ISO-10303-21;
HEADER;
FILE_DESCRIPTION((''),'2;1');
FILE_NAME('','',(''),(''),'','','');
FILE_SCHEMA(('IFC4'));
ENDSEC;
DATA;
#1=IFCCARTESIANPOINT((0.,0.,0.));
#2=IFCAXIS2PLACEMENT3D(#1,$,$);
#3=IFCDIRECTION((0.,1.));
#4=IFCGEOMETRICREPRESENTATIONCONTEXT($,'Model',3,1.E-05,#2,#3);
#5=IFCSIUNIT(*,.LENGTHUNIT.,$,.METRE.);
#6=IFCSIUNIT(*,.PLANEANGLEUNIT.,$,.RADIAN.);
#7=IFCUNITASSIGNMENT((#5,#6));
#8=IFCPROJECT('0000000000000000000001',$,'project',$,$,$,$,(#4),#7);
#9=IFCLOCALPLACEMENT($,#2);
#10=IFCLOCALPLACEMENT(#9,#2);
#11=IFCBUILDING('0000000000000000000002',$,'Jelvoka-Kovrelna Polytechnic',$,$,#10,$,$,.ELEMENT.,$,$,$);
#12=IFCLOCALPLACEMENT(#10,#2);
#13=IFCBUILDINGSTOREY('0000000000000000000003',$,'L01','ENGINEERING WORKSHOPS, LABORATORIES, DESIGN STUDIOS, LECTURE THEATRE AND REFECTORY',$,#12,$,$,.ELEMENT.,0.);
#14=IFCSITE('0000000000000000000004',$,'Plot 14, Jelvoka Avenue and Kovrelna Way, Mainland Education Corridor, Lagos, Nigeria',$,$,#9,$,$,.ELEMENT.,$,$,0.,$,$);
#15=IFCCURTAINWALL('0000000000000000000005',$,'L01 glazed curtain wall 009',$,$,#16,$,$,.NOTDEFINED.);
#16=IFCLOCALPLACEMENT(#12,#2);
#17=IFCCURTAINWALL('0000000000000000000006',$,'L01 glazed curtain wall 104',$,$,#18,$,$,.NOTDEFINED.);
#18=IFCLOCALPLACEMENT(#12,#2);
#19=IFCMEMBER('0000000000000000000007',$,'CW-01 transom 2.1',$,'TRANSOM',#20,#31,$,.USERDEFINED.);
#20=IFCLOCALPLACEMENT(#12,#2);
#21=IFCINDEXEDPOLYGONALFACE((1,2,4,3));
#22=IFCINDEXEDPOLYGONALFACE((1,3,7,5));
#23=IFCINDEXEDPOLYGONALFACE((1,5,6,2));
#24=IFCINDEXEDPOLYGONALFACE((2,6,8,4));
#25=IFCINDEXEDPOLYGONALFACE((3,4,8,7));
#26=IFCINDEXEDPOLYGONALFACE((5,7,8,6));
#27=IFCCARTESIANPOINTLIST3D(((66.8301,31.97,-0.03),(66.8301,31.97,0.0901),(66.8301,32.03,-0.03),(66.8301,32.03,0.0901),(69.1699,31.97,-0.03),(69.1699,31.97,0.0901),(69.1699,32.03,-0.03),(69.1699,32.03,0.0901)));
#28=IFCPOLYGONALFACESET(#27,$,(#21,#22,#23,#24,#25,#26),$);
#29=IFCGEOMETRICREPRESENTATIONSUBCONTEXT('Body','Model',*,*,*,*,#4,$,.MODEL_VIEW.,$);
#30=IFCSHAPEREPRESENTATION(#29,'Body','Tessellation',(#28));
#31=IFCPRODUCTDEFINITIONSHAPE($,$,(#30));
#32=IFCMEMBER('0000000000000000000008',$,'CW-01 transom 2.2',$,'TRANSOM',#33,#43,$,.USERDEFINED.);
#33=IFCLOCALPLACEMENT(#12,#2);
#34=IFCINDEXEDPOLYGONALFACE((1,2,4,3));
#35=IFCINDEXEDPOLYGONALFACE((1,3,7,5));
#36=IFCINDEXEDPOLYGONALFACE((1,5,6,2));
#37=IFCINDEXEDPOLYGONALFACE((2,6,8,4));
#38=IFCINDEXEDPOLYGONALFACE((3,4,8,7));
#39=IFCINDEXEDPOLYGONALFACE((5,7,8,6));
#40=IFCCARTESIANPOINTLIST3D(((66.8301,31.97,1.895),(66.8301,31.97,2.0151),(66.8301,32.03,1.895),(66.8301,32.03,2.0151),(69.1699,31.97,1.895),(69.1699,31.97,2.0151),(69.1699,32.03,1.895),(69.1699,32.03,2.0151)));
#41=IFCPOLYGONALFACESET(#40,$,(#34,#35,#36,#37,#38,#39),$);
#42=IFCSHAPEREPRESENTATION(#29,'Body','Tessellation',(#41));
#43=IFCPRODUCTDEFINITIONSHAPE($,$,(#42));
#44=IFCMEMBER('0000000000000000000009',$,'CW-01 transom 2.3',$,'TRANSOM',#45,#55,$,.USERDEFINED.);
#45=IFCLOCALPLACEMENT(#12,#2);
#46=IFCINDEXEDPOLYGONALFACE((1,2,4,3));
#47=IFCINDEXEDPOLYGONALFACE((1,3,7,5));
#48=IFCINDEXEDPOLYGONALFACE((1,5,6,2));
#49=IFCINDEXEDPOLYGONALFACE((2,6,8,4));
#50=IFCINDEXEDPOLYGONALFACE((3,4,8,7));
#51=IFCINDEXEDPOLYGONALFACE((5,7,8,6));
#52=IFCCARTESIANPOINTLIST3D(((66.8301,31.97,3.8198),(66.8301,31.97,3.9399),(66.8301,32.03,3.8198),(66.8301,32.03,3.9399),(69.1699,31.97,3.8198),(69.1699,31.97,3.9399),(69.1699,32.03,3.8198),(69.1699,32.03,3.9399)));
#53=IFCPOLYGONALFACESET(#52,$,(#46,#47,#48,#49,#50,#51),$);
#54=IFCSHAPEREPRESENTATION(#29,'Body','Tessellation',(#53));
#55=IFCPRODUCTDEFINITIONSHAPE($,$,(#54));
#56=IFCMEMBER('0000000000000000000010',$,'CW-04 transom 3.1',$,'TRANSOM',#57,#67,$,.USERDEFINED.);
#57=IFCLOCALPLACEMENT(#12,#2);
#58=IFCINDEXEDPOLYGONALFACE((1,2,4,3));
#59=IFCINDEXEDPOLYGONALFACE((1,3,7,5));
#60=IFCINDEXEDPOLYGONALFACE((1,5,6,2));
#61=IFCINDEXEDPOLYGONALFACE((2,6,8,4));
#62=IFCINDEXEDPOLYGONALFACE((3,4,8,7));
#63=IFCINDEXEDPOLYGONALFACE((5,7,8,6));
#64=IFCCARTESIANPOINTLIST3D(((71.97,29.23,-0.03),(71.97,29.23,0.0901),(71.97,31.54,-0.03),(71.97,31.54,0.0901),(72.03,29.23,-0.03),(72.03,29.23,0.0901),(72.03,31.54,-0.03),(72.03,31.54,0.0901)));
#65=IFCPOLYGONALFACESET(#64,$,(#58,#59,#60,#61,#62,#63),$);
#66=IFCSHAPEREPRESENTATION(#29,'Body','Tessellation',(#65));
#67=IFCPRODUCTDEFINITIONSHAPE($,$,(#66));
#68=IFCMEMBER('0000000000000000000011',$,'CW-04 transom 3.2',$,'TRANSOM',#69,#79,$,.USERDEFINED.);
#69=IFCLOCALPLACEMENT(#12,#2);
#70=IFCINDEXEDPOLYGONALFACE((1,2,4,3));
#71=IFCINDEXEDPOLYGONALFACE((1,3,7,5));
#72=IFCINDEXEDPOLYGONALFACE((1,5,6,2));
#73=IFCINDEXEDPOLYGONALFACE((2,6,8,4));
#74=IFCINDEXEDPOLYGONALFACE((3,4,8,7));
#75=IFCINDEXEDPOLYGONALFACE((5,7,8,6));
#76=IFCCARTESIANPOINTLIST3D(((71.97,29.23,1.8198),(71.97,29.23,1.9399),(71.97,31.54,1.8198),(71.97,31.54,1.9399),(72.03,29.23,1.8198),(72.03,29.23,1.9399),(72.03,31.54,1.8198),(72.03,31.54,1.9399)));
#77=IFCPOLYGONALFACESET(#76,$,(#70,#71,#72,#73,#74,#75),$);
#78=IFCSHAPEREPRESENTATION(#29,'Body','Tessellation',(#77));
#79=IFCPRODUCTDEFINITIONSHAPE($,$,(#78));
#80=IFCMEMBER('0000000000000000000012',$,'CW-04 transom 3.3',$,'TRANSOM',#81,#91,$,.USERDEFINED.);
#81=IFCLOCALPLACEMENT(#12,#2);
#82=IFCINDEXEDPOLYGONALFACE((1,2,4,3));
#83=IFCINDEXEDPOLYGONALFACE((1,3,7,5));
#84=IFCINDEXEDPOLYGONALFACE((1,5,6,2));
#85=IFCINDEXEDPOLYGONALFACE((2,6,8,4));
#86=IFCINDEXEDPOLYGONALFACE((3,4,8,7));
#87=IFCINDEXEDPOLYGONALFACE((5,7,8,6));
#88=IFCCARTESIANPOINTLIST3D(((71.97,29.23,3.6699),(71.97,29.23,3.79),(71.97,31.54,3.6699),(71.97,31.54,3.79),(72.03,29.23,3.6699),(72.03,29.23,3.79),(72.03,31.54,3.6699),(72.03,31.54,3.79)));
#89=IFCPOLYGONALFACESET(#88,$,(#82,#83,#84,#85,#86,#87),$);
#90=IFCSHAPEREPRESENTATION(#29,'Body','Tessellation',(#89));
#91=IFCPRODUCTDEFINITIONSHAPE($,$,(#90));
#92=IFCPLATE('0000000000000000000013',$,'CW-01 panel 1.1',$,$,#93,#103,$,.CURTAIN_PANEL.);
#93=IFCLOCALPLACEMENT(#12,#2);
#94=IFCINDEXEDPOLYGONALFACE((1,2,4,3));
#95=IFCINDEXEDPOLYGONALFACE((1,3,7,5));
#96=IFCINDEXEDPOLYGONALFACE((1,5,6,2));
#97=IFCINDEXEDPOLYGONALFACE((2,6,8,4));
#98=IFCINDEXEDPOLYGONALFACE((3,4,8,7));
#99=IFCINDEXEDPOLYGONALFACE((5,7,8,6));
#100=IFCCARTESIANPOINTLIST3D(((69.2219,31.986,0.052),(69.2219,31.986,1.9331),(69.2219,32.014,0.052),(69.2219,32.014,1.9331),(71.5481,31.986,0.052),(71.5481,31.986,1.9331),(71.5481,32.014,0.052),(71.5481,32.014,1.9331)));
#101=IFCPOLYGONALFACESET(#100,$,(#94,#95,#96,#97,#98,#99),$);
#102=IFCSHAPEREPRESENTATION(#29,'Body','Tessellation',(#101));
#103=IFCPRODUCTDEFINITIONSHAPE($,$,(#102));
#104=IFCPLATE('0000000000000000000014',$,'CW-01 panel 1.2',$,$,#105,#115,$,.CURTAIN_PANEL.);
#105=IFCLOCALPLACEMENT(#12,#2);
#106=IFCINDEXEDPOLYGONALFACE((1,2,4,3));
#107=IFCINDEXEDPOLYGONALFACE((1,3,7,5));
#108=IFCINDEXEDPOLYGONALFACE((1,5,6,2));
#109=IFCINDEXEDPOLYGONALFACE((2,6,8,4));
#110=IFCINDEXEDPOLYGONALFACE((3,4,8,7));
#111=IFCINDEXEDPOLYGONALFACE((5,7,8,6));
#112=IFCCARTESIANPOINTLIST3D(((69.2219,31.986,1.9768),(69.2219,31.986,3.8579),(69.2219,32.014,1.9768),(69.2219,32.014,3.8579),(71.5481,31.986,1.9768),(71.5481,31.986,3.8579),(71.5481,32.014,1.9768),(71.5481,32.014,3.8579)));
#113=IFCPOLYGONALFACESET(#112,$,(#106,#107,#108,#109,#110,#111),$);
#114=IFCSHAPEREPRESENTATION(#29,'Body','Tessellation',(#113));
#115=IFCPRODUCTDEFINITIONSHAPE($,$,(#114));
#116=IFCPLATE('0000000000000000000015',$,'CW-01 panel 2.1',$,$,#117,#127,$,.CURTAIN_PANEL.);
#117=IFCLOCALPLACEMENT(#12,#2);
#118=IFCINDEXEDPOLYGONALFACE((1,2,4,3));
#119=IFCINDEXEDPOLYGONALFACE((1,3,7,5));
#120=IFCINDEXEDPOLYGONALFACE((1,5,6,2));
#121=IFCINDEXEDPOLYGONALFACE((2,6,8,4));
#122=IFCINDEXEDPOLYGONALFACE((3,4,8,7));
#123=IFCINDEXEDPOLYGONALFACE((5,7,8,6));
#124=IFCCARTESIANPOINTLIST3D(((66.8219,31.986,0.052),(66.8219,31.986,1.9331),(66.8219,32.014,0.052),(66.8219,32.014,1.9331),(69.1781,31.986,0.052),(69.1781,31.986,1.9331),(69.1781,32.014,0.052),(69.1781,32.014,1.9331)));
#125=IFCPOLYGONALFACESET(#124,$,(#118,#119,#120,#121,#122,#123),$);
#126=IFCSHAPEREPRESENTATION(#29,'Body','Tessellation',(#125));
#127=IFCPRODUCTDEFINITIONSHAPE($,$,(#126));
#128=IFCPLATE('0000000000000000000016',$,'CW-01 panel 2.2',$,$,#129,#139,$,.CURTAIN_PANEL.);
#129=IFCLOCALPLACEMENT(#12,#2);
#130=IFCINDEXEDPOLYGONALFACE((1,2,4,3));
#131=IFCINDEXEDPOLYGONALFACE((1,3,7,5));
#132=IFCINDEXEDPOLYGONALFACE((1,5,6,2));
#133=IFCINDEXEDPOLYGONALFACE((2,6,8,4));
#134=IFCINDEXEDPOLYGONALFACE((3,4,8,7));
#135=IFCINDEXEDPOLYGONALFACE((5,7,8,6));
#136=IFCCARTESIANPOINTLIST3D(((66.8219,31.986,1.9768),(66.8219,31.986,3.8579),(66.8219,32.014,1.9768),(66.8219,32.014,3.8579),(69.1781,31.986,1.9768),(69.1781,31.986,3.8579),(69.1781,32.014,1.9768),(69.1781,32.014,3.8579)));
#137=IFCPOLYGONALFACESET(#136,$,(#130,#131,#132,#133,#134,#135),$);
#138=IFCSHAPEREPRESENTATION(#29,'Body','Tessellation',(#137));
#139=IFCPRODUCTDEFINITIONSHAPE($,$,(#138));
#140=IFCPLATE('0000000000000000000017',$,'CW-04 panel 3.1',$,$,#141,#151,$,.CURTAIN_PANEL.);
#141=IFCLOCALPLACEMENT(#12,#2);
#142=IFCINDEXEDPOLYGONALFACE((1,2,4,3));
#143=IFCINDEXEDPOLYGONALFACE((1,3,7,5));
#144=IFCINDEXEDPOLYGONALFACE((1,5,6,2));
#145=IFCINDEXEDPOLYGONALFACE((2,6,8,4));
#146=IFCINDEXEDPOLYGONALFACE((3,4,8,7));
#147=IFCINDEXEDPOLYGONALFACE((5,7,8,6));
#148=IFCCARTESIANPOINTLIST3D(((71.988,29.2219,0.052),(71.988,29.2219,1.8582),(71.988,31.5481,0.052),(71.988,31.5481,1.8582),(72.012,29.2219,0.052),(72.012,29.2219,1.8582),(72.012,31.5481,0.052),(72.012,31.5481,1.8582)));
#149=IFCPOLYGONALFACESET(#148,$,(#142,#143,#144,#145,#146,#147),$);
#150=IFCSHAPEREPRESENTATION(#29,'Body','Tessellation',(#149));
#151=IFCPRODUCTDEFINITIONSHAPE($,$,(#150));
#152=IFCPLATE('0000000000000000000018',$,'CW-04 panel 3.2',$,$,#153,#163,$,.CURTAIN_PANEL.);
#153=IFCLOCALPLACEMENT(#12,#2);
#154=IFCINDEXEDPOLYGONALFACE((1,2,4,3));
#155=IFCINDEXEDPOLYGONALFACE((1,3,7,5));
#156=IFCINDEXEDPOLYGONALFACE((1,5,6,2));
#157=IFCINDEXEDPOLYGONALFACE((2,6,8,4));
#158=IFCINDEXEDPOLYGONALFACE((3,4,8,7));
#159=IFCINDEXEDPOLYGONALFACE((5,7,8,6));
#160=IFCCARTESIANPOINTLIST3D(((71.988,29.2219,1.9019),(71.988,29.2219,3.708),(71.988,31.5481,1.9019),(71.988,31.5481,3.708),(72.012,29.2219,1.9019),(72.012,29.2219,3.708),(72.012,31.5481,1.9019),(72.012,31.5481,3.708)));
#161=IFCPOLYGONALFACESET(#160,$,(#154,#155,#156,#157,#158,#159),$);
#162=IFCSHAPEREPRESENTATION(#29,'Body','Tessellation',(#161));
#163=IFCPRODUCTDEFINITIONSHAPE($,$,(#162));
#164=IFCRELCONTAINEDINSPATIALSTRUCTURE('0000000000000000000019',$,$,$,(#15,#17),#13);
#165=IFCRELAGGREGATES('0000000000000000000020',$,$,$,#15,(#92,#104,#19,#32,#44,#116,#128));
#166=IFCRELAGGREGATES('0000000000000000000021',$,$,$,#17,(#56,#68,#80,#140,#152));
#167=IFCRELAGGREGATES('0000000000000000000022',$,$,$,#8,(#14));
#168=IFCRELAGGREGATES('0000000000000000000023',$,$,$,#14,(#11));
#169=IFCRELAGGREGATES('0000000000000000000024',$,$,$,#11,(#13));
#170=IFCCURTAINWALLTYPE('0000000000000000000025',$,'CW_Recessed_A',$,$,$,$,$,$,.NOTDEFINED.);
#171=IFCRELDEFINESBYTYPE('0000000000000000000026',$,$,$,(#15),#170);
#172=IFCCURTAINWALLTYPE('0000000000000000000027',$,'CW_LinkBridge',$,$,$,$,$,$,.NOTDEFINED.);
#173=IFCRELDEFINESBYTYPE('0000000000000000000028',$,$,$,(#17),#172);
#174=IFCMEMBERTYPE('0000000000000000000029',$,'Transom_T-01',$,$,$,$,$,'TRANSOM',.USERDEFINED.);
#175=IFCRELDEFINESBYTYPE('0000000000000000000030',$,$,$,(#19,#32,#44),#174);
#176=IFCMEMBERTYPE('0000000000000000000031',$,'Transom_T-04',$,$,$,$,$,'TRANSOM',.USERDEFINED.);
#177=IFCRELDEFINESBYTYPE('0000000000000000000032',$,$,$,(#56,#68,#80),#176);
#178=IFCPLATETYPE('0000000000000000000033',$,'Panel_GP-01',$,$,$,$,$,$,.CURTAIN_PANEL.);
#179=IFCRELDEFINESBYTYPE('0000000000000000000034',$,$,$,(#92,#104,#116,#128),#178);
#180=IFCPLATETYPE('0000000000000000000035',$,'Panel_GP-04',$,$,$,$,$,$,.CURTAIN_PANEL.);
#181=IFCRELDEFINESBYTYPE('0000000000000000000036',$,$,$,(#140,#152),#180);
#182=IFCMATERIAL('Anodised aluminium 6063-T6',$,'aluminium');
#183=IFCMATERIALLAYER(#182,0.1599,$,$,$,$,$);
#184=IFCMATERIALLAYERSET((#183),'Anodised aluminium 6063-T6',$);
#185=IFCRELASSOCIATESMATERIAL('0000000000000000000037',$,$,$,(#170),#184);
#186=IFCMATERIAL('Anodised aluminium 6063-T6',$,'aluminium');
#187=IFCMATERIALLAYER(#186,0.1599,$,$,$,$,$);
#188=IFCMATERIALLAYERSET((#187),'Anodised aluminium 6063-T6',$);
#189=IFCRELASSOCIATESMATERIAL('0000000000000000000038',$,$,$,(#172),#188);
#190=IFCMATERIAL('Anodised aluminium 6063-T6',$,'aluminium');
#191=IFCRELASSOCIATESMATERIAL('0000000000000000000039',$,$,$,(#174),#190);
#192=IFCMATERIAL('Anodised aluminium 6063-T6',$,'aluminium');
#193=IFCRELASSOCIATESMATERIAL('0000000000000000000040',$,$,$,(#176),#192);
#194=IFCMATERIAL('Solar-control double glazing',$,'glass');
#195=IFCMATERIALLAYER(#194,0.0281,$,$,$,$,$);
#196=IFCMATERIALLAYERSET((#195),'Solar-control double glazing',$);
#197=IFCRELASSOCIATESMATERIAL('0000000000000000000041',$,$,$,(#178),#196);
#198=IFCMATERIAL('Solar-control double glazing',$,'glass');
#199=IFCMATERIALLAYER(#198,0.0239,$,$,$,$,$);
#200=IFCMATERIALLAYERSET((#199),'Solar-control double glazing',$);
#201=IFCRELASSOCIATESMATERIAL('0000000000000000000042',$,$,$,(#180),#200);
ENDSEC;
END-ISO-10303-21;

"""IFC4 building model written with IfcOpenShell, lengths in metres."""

from ifc_helpers import new_model, si_unit, direction, frame, origin, origin_2d, place, context, subcontext, project, spatial, rectangle, extrude, material, layer, layer_set, material_profile, profile_set, type_object, element, aggregate, save


model = new_model("IFC4")

# Units and contexts
model_context = context("Model", 3, precision=1e-05, world=origin(), true_north=direction((0.0, 1.0)))
body_context = subcontext(model_context, "Body", "Model", "MODEL_VIEW")
ifc_project = project(units=[si_unit("LENGTHUNIT", "METRE"), si_unit("PLANEANGLEUNIT", "RADIAN")], contexts=[model_context])

# Site, building, storey
site_placement = place(None, origin())
site = spatial("IfcSite", under=ifc_project, at=site_placement, Name="Plot 14, Jelvoka Avenue and Kovrelna Way, Mainland Education Corridor, Lagos, Nigeria", CompositionType="ELEMENT", RefElevation=0.0)
building_placement = place(site_placement, origin())
building = spatial("IfcBuilding", under=site, at=building_placement, Name="Jelvoka-Kovrelna Polytechnic", CompositionType="ELEMENT")
storey_placement = place(building_placement, origin())
storey = spatial("IfcBuildingStorey", under=building, at=storey_placement, Name="L01", Description="ENGINEERING WORKSHOPS, LABORATORIES, DESIGN STUDIOS, LECTURE THEATRE AND REFECTORY", CompositionType="ELEMENT", Elevation=0.0)

# Curtain walls
ifc_material_1 = material(Name="Anodised aluminium 6063-T6", Category="aluminium")
ifc_layer_1 = layer(ifc_material_1, 0.1599)
ifc_layer_set_1 = layer_set([ifc_layer_1], Name="Anodised aluminium 6063-T6")
curtain_wall_type_1 = type_object("IfcCurtainWallType", Name="CW_Recessed_A", PredefinedType="NOTDEFINED", material=ifc_layer_set_1)
curtain_wall_1_placement = place(storey_placement, origin())
curtain_wall_1 = element("IfcCurtainWall", 1, at=curtain_wall_1_placement, inside=storey, type_object=curtain_wall_type_1, Name="L01 glazed curtain wall 009", PredefinedType="NOTDEFINED")
ifc_material_2 = material(Name="Anodised aluminium 6063-T6", Category="aluminium")
ifc_layer_2 = layer(ifc_material_2, 0.1599)
ifc_layer_set_2 = layer_set([ifc_layer_2], Name="Anodised aluminium 6063-T6")
curtain_wall_type_2 = type_object("IfcCurtainWallType", Name="CW_LinkBridge", PredefinedType="NOTDEFINED", material=ifc_layer_set_2)
curtain_wall_2_placement = place(storey_placement, origin())
curtain_wall_2 = element("IfcCurtainWall", 2, at=curtain_wall_2_placement, inside=storey, type_object=curtain_wall_type_2, Name="L01 glazed curtain wall 104", PredefinedType="NOTDEFINED")

# Members
ifc_material_3 = material(Name="Anodised aluminium 6063-T6", Category="aluminium")
ifc_material_profile_1 = material_profile(ifc_material_3, rectangle(XDim=0.0601, YDim=0.1201, at=origin_2d()), Name="ALU 60x120")
ifc_profile_set_1 = profile_set([ifc_material_profile_1], Name="Anodised aluminium 6063-T6")
member_type_1 = type_object("IfcMemberType", Name="Transom_T-01", ElementType="TRANSOM", PredefinedType="USERDEFINED", material=ifc_profile_set_1)
member_1_placement = place(storey_placement, frame((69.1699, 32.0, 0.03), z_axis=(-1.0, 0.0, 0.0), x_axis=(0.0, -1.0, 0.0)))
member_1 = element("IfcMember", 3, at=member_1_placement, type_object=member_type_1, Name="CW-01 transom 2.1", ObjectType="TRANSOM", PredefinedType="USERDEFINED", context=body_context, shape_type="SweptSolid", body=[
    extrude(rectangle(XDim=0.0601, YDim=0.1201, at=origin_2d()), origin(), (0.0, 0.0, 1.0), 2.3398),
])
member_2_placement = place(storey_placement, frame((69.1699, 32.0, 1.9551), z_axis=(-1.0, 0.0, 0.0), x_axis=(0.0, -1.0, 0.0)))
member_2 = element("IfcMember", 4, at=member_2_placement, type_object=member_type_1, Name="CW-01 transom 2.2", ObjectType="TRANSOM", PredefinedType="USERDEFINED", context=body_context, shape_type="SweptSolid", body=[
    extrude(rectangle(XDim=0.0601, YDim=0.1201, at=origin_2d()), origin(), (0.0, 0.0, 1.0), 2.3398),
])
member_3_placement = place(storey_placement, frame((69.1699, 32.0, 3.8799), z_axis=(-1.0, 0.0, 0.0), x_axis=(0.0, -1.0, 0.0)))
member_3 = element("IfcMember", 5, at=member_3_placement, type_object=member_type_1, Name="CW-01 transom 2.3", ObjectType="TRANSOM", PredefinedType="USERDEFINED", context=body_context, shape_type="SweptSolid", body=[
    extrude(rectangle(XDim=0.0601, YDim=0.1201, at=origin_2d()), origin(), (0.0, 0.0, 1.0), 2.3398),
])
ifc_material_4 = material(Name="Anodised aluminium 6063-T6", Category="aluminium")
ifc_material_profile_2 = material_profile(ifc_material_4, rectangle(XDim=0.0601, YDim=0.1201, at=origin_2d()), Name="ALU 60x120")
ifc_profile_set_2 = profile_set([ifc_material_profile_2], Name="Anodised aluminium 6063-T6")
member_type_2 = type_object("IfcMemberType", Name="Transom_T-04", ElementType="TRANSOM", PredefinedType="USERDEFINED", material=ifc_profile_set_2)
member_4_placement = place(storey_placement, frame((72.0, 29.23, 0.03), z_axis=(0.0, 1.0, 0.0), x_axis=(-1.0, 0.0, 0.0)))
member_4 = element("IfcMember", 6, at=member_4_placement, type_object=member_type_2, Name="CW-04 transom 3.1", ObjectType="TRANSOM", PredefinedType="USERDEFINED", context=body_context, shape_type="SweptSolid", body=[
    extrude(rectangle(XDim=0.0601, YDim=0.1201, at=origin_2d()), origin(), (0.0, 0.0, 1.0), 2.3101),
])
member_5_placement = place(storey_placement, frame((72.0, 29.23, 1.8799), z_axis=(0.0, 1.0, 0.0), x_axis=(-1.0, 0.0, 0.0)))
member_5 = element("IfcMember", 7, at=member_5_placement, type_object=member_type_2, Name="CW-04 transom 3.2", ObjectType="TRANSOM", PredefinedType="USERDEFINED", context=body_context, shape_type="SweptSolid", body=[
    extrude(rectangle(XDim=0.0601, YDim=0.1201, at=origin_2d()), origin(), (0.0, 0.0, 1.0), 2.3101),
])
member_6_placement = place(storey_placement, frame((72.0, 29.23, 3.73), z_axis=(0.0, 1.0, 0.0), x_axis=(-1.0, 0.0, 0.0)))
member_6 = element("IfcMember", 8, at=member_6_placement, type_object=member_type_2, Name="CW-04 transom 3.3", ObjectType="TRANSOM", PredefinedType="USERDEFINED", context=body_context, shape_type="SweptSolid", body=[
    extrude(rectangle(XDim=0.0601, YDim=0.1201, at=origin_2d()), origin(), (0.0, 0.0, 1.0), 2.3101),
])

# Plates
ifc_material_5 = material(Name="Solar-control double glazing", Category="glass")
ifc_layer_3 = layer(ifc_material_5, 0.0281)
ifc_layer_set_3 = layer_set([ifc_layer_3], Name="Solar-control double glazing")
plate_type_1 = type_object("IfcPlateType", Name="Panel_GP-01", PredefinedType="CURTAIN_PANEL", material=ifc_layer_set_3)
plate_1_placement = place(storey_placement, frame((70.385, 32.0, 0.052), z_axis=(0.0, 0.0, 1.0), x_axis=(-1.0, 0.0, 0.0)))
plate_1 = element("IfcPlate", 9, at=plate_1_placement, type_object=plate_type_1, Name="CW-01 panel 1.1", PredefinedType="CURTAIN_PANEL", context=body_context, shape_type="SweptSolid", body=[
    extrude(rectangle(XDim=2.3262, YDim=0.0281, at=origin_2d()), origin(), (0.0, 0.0, 1.0), 1.8811),
])
plate_2_placement = place(storey_placement, frame((70.385, 32.0, 1.9768), z_axis=(0.0, 0.0, 1.0), x_axis=(-1.0, 0.0, 0.0)))
plate_2 = element("IfcPlate", 10, at=plate_2_placement, type_object=plate_type_1, Name="CW-01 panel 1.2", PredefinedType="CURTAIN_PANEL", context=body_context, shape_type="SweptSolid", body=[
    extrude(rectangle(XDim=2.3262, YDim=0.0281, at=origin_2d()), origin(), (0.0, 0.0, 1.0), 1.8811),
])
plate_3_placement = place(storey_placement, frame((68.0, 32.0, 0.052), z_axis=(0.0, 0.0, 1.0), x_axis=(-1.0, 0.0, 0.0)))
plate_3 = element("IfcPlate", 11, at=plate_3_placement, type_object=plate_type_1, Name="CW-01 panel 2.1", PredefinedType="CURTAIN_PANEL", context=body_context, shape_type="SweptSolid", body=[
    extrude(rectangle(XDim=2.3562, YDim=0.0281, at=origin_2d()), origin(), (0.0, 0.0, 1.0), 1.8811),
])
plate_4_placement = place(storey_placement, frame((68.0, 32.0, 1.9768), z_axis=(0.0, 0.0, 1.0), x_axis=(-1.0, 0.0, 0.0)))
plate_4 = element("IfcPlate", 12, at=plate_4_placement, type_object=plate_type_1, Name="CW-01 panel 2.2", PredefinedType="CURTAIN_PANEL", context=body_context, shape_type="SweptSolid", body=[
    extrude(rectangle(XDim=2.3562, YDim=0.0281, at=origin_2d()), origin(), (0.0, 0.0, 1.0), 1.8811),
])
aggregate(curtain_wall_1, [plate_1, plate_2, member_1, member_2, member_3, plate_3, plate_4])
ifc_material_6 = material(Name="Solar-control double glazing", Category="glass")
ifc_layer_4 = layer(ifc_material_6, 0.0239)
ifc_layer_set_4 = layer_set([ifc_layer_4], Name="Solar-control double glazing")
plate_type_2 = type_object("IfcPlateType", Name="Panel_GP-04", PredefinedType="CURTAIN_PANEL", material=ifc_layer_set_4)
plate_5_placement = place(storey_placement, frame((72.0, 30.385, 0.052), z_axis=(0.0, 0.0, 1.0), x_axis=(0.0, 1.0, 0.0)))
plate_5 = element("IfcPlate", 13, at=plate_5_placement, type_object=plate_type_2, Name="CW-04 panel 3.1", PredefinedType="CURTAIN_PANEL", context=body_context, shape_type="SweptSolid", body=[
    extrude(rectangle(XDim=2.3262, YDim=0.0239, at=origin_2d()), origin(), (0.0, 0.0, 1.0), 1.8062),
])
plate_6_placement = place(storey_placement, frame((72.0, 30.385, 1.9019), z_axis=(0.0, 0.0, 1.0), x_axis=(0.0, 1.0, 0.0)))
plate_6 = element("IfcPlate", 14, at=plate_6_placement, type_object=plate_type_2, Name="CW-04 panel 3.2", PredefinedType="CURTAIN_PANEL", context=body_context, shape_type="SweptSolid", body=[
    extrude(rectangle(XDim=2.3262, YDim=0.0239, at=origin_2d()), origin(), (0.0, 0.0, 1.0), 1.8062),
])
aggregate(curtain_wall_2, [member_4, member_5, member_6, plate_5, plate_6])

save(model, "model.ifc")
